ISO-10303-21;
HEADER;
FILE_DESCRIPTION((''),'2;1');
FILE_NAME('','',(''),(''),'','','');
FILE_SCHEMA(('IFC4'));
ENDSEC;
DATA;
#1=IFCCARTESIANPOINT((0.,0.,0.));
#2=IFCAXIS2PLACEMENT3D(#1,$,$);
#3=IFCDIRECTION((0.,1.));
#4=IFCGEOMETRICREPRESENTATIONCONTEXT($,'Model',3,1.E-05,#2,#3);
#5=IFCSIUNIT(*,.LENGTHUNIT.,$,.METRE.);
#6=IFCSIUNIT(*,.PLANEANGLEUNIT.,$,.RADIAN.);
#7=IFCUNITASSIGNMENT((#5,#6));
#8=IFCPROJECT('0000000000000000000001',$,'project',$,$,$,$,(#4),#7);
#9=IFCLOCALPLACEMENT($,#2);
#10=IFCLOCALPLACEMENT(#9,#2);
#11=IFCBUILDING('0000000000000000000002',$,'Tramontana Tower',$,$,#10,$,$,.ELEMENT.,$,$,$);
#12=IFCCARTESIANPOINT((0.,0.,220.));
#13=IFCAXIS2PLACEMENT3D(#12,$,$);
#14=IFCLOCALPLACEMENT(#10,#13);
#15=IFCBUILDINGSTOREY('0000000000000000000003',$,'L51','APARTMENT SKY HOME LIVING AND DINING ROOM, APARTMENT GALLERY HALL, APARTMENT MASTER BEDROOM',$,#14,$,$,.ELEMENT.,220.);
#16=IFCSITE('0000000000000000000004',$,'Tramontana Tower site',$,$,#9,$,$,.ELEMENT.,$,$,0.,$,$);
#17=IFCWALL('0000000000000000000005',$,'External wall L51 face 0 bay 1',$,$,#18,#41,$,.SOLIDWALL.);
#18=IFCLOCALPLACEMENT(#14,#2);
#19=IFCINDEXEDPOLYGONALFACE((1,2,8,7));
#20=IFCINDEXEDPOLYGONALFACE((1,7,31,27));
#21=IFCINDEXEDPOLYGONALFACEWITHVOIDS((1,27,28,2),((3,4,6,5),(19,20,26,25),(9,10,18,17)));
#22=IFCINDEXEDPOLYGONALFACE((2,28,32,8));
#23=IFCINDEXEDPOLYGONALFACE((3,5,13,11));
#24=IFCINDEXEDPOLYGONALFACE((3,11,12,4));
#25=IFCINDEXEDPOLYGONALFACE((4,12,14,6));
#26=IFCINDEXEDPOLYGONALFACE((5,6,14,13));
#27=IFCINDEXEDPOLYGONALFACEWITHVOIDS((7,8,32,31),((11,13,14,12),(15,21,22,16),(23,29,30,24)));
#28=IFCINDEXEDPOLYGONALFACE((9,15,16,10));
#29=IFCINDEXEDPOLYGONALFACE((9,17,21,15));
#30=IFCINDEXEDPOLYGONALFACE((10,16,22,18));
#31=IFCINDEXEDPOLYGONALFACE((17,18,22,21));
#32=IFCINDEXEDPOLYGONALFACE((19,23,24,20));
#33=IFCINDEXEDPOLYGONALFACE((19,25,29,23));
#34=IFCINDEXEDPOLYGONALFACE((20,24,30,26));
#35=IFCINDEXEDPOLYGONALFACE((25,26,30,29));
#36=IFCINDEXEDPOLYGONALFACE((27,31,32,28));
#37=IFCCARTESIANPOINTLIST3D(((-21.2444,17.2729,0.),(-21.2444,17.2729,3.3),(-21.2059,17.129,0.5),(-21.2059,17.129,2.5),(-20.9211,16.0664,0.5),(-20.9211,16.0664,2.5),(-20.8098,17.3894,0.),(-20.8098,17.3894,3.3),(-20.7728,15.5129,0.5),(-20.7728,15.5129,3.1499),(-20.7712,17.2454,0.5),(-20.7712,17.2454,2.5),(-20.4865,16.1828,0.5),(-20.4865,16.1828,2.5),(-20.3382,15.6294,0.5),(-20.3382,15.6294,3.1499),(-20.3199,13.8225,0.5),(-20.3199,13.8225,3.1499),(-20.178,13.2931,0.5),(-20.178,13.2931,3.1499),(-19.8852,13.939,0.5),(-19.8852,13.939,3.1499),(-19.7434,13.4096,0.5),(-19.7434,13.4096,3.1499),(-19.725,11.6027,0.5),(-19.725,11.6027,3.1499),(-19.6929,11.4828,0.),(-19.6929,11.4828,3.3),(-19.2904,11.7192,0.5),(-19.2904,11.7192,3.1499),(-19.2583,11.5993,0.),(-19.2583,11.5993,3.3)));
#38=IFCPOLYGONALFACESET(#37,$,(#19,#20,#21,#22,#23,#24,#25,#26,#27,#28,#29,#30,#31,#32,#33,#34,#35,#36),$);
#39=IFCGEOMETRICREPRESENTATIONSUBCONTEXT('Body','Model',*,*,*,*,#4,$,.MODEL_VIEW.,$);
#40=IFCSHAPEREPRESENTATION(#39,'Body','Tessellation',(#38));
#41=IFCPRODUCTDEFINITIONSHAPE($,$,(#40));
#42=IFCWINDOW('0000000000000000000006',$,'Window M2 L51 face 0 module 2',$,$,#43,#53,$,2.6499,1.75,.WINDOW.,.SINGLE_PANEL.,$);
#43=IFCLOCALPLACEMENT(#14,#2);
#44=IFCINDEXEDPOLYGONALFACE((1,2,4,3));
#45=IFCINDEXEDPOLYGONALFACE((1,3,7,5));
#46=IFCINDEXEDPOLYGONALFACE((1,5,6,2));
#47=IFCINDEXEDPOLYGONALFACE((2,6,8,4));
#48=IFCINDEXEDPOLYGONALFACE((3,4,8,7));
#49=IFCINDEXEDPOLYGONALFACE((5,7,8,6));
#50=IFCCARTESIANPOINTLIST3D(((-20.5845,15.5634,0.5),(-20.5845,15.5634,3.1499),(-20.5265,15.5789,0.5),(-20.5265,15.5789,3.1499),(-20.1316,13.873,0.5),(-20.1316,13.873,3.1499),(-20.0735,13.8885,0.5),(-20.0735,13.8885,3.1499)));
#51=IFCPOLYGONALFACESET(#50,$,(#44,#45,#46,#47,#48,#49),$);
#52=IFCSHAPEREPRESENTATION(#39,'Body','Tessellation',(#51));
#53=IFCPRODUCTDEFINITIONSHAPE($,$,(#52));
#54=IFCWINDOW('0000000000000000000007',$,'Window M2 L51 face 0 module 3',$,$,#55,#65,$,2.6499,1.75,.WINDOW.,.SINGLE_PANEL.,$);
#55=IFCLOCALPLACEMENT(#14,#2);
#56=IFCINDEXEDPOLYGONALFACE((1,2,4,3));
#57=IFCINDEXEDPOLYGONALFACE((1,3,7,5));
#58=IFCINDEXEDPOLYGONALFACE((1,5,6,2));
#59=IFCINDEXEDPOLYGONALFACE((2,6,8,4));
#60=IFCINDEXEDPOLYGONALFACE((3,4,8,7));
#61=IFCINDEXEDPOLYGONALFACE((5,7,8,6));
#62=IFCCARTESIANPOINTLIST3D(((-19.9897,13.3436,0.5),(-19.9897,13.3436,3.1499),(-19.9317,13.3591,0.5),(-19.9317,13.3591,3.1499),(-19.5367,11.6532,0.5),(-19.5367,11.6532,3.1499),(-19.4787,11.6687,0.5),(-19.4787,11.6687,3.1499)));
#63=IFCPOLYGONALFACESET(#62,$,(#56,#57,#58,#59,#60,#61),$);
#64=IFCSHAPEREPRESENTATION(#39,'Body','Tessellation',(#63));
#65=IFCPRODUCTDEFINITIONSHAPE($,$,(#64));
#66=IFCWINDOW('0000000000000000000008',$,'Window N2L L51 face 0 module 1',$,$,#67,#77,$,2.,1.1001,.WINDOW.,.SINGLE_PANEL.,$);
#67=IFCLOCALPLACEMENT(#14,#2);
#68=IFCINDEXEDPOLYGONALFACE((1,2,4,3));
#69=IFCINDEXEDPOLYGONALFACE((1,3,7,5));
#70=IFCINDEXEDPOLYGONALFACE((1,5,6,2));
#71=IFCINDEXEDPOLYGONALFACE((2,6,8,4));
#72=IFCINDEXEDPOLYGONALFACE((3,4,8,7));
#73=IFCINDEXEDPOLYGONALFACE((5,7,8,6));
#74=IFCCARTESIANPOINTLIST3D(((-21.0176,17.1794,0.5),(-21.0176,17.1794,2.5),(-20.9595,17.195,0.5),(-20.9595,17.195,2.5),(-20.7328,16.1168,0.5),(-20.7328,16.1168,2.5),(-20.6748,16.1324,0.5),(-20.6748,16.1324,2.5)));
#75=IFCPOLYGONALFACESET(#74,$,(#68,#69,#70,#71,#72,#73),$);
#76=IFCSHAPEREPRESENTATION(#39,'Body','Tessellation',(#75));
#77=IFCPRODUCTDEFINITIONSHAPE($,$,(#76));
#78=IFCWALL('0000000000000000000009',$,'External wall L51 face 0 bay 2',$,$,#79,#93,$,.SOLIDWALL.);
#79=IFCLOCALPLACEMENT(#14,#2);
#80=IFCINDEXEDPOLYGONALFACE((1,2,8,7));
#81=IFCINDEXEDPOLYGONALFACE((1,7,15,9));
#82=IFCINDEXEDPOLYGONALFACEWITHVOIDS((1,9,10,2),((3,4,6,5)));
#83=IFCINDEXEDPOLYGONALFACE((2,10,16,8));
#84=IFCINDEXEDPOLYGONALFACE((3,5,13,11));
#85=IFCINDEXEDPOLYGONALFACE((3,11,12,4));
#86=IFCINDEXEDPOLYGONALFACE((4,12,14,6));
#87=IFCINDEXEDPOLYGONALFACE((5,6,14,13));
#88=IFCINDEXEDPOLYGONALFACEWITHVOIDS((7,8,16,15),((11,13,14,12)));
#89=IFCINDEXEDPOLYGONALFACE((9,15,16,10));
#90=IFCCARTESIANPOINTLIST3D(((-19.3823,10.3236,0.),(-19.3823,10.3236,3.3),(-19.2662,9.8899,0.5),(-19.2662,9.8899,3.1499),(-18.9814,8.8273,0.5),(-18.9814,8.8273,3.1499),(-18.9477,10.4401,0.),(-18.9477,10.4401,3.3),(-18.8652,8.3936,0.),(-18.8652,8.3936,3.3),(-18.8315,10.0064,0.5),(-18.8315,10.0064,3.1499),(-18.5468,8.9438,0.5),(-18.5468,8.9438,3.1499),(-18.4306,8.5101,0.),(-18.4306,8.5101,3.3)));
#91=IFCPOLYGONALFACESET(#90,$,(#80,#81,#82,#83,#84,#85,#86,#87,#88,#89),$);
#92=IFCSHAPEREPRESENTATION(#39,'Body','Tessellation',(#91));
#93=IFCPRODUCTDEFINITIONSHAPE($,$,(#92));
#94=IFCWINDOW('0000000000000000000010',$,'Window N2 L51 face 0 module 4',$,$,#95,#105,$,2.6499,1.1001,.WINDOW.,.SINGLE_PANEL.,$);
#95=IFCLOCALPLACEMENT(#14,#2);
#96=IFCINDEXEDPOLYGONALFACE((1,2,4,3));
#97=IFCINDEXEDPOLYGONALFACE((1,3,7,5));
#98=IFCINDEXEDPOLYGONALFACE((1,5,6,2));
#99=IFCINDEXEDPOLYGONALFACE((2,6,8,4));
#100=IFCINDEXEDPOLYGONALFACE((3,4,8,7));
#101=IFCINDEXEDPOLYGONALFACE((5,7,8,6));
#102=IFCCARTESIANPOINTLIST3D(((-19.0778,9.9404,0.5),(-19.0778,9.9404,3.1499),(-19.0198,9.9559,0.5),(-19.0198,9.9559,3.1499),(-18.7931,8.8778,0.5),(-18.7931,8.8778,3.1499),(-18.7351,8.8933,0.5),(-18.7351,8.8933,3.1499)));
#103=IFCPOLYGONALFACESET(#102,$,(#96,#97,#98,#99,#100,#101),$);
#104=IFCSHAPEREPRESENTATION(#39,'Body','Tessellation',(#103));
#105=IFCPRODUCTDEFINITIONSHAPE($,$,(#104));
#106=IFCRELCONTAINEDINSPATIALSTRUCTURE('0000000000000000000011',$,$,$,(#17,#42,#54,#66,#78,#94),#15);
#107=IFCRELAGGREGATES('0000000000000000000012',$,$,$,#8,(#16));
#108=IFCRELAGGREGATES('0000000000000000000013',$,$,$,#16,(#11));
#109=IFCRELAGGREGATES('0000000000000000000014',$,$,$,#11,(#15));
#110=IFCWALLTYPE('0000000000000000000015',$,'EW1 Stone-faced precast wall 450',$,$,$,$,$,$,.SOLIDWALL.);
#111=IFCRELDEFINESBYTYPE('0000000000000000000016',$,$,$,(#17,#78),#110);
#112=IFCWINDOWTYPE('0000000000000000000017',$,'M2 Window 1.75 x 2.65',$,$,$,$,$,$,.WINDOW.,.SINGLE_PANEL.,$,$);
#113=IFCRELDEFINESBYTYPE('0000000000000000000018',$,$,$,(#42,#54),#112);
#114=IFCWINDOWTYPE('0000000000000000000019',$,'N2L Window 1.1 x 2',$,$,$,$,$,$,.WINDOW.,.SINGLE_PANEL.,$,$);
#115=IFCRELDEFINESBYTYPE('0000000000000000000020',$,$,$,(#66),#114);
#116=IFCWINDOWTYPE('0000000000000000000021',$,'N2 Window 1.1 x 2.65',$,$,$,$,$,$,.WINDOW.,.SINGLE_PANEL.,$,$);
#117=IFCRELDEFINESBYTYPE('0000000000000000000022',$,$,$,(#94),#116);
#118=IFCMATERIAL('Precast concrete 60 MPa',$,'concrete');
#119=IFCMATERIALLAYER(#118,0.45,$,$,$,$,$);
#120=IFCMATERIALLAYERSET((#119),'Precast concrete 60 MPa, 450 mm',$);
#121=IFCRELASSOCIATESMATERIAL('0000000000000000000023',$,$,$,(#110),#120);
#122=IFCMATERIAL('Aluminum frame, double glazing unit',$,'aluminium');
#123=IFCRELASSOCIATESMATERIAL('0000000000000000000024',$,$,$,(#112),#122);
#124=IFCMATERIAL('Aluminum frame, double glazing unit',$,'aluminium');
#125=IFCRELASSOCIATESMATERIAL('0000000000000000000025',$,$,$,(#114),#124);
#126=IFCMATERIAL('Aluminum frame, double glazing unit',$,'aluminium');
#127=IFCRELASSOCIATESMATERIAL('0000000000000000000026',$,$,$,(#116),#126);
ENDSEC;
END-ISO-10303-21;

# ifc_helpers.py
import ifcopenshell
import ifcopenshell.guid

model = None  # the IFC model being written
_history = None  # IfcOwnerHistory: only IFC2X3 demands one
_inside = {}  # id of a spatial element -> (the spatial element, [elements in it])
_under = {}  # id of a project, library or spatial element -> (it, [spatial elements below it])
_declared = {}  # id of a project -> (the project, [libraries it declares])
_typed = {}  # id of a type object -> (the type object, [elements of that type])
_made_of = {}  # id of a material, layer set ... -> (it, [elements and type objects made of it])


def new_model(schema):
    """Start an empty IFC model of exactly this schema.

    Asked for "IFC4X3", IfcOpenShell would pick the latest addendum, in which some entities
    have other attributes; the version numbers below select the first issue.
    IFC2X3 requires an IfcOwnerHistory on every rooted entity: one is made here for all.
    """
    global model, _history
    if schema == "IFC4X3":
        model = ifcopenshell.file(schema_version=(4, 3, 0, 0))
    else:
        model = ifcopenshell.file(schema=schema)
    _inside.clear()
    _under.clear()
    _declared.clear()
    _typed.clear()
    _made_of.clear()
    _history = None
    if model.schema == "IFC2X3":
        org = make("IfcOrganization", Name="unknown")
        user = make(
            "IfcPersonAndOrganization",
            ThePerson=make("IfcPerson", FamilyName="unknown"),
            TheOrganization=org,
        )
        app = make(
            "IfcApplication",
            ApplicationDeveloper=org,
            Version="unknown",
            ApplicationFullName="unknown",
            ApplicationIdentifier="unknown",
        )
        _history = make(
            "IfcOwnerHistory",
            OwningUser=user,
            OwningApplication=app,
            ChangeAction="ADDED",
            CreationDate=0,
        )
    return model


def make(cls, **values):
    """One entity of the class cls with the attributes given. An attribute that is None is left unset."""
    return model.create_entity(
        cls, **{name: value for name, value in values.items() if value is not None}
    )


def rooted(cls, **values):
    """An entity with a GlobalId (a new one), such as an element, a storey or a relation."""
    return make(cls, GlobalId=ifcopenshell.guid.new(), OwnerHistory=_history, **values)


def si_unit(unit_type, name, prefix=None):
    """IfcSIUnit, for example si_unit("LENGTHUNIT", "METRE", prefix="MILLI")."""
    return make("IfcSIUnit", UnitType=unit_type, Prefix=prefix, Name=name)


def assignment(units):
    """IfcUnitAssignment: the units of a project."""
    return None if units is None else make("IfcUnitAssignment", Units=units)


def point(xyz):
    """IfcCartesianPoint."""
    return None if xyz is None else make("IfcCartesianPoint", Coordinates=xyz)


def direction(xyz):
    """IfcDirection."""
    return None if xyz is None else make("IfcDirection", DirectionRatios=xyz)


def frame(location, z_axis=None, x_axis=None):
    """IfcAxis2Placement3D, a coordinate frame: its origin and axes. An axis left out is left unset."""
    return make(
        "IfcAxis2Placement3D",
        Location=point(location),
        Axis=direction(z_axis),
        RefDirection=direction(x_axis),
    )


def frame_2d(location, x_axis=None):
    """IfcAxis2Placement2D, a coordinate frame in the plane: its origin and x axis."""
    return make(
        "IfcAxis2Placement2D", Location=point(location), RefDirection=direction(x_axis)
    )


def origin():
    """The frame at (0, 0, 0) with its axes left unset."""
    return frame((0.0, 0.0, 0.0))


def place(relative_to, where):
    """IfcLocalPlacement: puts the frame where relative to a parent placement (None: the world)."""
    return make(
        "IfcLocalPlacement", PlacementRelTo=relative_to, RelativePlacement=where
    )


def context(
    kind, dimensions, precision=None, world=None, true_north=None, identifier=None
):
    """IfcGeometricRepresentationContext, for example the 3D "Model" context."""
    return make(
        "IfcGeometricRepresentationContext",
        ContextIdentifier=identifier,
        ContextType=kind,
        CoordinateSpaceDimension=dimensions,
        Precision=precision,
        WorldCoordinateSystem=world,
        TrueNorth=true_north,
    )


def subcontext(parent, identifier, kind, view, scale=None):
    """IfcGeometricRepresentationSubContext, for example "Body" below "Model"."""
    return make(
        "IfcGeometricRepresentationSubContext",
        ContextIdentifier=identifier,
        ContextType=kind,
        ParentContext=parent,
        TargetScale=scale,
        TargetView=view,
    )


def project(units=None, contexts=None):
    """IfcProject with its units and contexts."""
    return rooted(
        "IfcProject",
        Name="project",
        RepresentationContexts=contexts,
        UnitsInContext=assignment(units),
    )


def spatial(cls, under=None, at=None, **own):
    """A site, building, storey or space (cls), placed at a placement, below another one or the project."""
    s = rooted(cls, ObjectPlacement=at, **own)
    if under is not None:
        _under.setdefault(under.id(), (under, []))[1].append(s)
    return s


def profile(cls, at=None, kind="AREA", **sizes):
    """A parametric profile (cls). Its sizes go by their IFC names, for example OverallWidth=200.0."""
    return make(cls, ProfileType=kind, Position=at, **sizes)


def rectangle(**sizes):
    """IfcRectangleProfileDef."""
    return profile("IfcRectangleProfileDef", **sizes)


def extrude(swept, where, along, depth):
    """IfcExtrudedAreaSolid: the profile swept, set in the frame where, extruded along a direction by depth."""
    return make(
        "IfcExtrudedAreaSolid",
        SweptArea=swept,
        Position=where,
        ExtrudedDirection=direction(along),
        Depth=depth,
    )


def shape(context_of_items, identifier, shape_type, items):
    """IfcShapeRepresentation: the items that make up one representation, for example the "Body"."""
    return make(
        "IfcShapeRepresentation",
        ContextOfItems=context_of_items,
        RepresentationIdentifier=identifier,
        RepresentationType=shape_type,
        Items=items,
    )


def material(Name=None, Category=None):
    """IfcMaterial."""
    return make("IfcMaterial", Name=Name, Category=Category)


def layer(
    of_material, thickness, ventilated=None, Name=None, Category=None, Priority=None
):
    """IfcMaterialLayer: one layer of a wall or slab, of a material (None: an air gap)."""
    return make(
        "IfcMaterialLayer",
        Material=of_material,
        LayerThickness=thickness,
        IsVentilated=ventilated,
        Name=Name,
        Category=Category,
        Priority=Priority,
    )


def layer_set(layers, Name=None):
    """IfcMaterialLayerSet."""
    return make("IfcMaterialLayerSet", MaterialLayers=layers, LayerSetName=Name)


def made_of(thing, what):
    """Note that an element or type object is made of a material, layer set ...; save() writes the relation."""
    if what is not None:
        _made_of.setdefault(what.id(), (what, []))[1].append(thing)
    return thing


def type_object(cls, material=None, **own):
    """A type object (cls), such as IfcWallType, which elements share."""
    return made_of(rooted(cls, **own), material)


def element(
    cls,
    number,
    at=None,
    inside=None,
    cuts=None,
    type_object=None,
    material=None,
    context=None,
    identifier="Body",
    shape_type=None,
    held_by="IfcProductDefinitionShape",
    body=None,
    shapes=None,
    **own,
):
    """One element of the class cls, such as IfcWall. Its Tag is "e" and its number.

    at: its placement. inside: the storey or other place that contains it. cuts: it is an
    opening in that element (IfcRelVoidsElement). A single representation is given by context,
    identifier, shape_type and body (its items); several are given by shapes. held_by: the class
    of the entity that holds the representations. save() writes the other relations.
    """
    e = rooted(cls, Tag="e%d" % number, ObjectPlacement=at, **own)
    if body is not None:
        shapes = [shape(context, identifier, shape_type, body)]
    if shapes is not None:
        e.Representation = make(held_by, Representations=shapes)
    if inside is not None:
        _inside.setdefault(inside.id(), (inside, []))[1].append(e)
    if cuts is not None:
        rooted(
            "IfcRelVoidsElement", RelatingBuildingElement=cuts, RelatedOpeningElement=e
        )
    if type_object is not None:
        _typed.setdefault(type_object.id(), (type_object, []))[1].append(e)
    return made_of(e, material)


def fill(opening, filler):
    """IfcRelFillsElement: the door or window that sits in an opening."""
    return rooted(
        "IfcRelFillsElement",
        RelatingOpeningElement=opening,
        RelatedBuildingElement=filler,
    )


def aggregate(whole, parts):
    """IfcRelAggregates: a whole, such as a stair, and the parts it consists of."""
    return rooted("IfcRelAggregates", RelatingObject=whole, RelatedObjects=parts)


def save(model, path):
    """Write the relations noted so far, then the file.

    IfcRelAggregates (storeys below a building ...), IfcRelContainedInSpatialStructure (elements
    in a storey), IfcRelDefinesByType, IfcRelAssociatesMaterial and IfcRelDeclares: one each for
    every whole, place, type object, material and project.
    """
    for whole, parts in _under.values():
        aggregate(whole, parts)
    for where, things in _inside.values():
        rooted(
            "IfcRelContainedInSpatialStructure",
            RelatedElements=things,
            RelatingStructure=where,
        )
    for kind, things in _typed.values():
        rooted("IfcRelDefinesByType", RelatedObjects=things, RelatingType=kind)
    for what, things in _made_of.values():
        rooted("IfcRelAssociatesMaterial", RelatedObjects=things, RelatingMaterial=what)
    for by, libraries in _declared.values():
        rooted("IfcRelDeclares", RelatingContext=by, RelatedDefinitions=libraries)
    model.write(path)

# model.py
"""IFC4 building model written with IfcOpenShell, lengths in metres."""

from ifc_helpers import new_model, si_unit, direction, frame, frame_2d, origin, place, context, subcontext, project, spatial, rectangle, extrude, material, layer, layer_set, type_object, element, fill, save


model = new_model("IFC4")

# Units and contexts
model_context = context("Model", 3, precision=1e-05, world=origin(), true_north=direction((0.0, 1.0)))
body_context = subcontext(model_context, "Body", "Model", "MODEL_VIEW")
ifc_project = project(units=[si_unit("LENGTHUNIT", "METRE"), si_unit("PLANEANGLEUNIT", "RADIAN")], contexts=[model_context])

# Site, building, storey
site_placement = place(None, origin())
site = spatial("IfcSite", under=ifc_project, at=site_placement, Name="Tramontana Tower site", CompositionType="ELEMENT", RefElevation=0.0)
building_placement = place(site_placement, origin())
building = spatial("IfcBuilding", under=site, at=building_placement, Name="Tramontana Tower", CompositionType="ELEMENT")
storey_placement = place(building_placement, frame((0.0, 0.0, 220.0)))
storey = spatial("IfcBuildingStorey", under=building, at=storey_placement, Name="L51", Description="APARTMENT SKY HOME LIVING AND DINING ROOM, APARTMENT GALLERY HALL, APARTMENT MASTER BEDROOM", CompositionType="ELEMENT", Elevation=220.0)

# Wall, openings, windows
ifc_material_1 = material(Name="Precast concrete 60 MPa", Category="concrete")
ifc_layer_1 = layer(ifc_material_1, 0.45)
ifc_layer_set_1 = layer_set([ifc_layer_1], Name="Precast concrete 60 MPa, 450 mm")
wall_type_1 = type_object("IfcWallType", Name="EW1 Stone-faced precast wall 450", PredefinedType="SOLIDWALL", material=ifc_layer_set_1)
wall_1_placement = place(storey_placement, frame((-21.0271, 17.3311, 0.0), z_axis=(0.0, 0.0, 1.0), x_axis=(0.258831, -0.965923, 0.0)))
wall_1 = element("IfcWall", 1, at=wall_1_placement, inside=storey, type_object=wall_type_1, Name="External wall L51 face 0 bay 1", PredefinedType="SOLIDWALL", context=body_context, shape_type="SweptSolid", body=[
    extrude(rectangle(XDim=5.9944, YDim=0.45, at=frame_2d((2.9971, 0.0))), origin(), (0.0, 0.0, 1.0), 3.3),
])
opening_1_placement = place(wall_1_placement, frame((0.1489, 0.0, 0.5)))
opening_1 = element("IfcOpeningElement", 2, at=opening_1_placement, cuts=wall_1, PredefinedType="OPENING", context=body_context, shape_type="SweptSolid", body=[
    extrude(rectangle(XDim=1.1001, YDim=2.0, at=frame_2d((0.55, 1.0))), frame((0.0, 0.2349, 0.0), z_axis=(0.0, -1.0, 0.0), x_axis=(1.0, 0.0, 0.0)), (0.0, 0.0, 1.0), 0.47),
])
opening_2_placement = place(wall_1_placement, frame((1.822, 0.0, 0.5)))
opening_2 = element("IfcOpeningElement", 3, at=opening_2_placement, cuts=wall_1, PredefinedType="OPENING", context=body_context, shape_type="SweptSolid", body=[
    extrude(rectangle(XDim=1.75, YDim=2.6499, at=frame_2d((0.875, 1.325))), frame((0.0, 0.2349, 0.0), z_axis=(0.0, -1.0, 0.0), x_axis=(1.0, 0.0, 0.0)), (0.0, 0.0, 1.0), 0.47),
])
opening_3_placement = place(wall_1_placement, frame((4.1201, 0.0, 0.5)))
opening_3 = element("IfcOpeningElement", 4, at=opening_3_placement, cuts=wall_1, PredefinedType="OPENING", context=body_context, shape_type="SweptSolid", body=[
    extrude(rectangle(XDim=1.75, YDim=2.6499, at=frame_2d((0.875, 1.325))), frame((0.0, 0.2349, 0.0), z_axis=(0.0, -1.0, 0.0), x_axis=(1.0, 0.0, 0.0)), (0.0, 0.0, 1.0), 0.47),
])
ifc_material_2 = material(Name="Aluminum frame, double glazing unit", Category="aluminium")
window_type_1 = type_object("IfcWindowType", Name="M2 Window 1.75 x 2.65", PartitioningType="SINGLE_PANEL", PredefinedType="WINDOW", material=ifc_material_2)
window_1_placement = place(opening_2_placement, origin())
window_1 = element("IfcWindow", 5, at=window_1_placement, inside=storey, type_object=window_type_1, Name="Window M2 L51 face 0 module 2", OverallHeight=2.6499, OverallWidth=1.75, PartitioningType="SINGLE_PANEL", PredefinedType="WINDOW", context=body_context, shape_type="SweptSolid", body=[
    extrude(rectangle(XDim=1.75, YDim=2.6499, at=frame_2d((0.875, 1.325))), frame((0.0, 0.03, 0.0), z_axis=(0.0, -1.0, 0.0), x_axis=(1.0, 0.0, 0.0)), (0.0, 0.0, 1.0), 0.0601),
])
fill(opening_2, window_1)
window_2_placement = place(opening_3_placement, origin())
window_2 = element("IfcWindow", 6, at=window_2_placement, inside=storey, type_object=window_type_1, Name="Window M2 L51 face 0 module 3", OverallHeight=2.6499, OverallWidth=1.75, PartitioningType="SINGLE_PANEL", PredefinedType="WINDOW", context=body_context, shape_type="SweptSolid", body=[
    extrude(rectangle(XDim=1.75, YDim=2.6499, at=frame_2d((0.875, 1.325))), frame((0.0, 0.03, 0.0), z_axis=(0.0, -1.0, 0.0), x_axis=(1.0, 0.0, 0.0)), (0.0, 0.0, 1.0), 0.0601),
])
fill(opening_3, window_2)
ifc_material_3 = material(Name="Aluminum frame, double glazing unit", Category="aluminium")
window_type_2 = type_object("IfcWindowType", Name="N2L Window 1.1 x 2", PartitioningType="SINGLE_PANEL", PredefinedType="WINDOW", material=ifc_material_3)
window_3_placement = place(opening_1_placement, origin())
window_3 = element("IfcWindow", 7, at=window_3_placement, inside=storey, type_object=window_type_2, Name="Window N2L L51 face 0 module 1", OverallHeight=2.0, OverallWidth=1.1001, PartitioningType="SINGLE_PANEL", PredefinedType="WINDOW", context=body_context, shape_type="SweptSolid", body=[
    extrude(rectangle(XDim=1.1001, YDim=2.0, at=frame_2d((0.55, 1.0))), frame((0.0, 0.03, 0.0), z_axis=(0.0, -1.0, 0.0), x_axis=(1.0, 0.0, 0.0)), (0.0, 0.0, 1.0), 0.0601),
])
fill(opening_1, window_3)

# Wall, opening, window
wall_2_placement = place(storey_placement, frame((-19.165, 10.3818, 0.0), z_axis=(0.0, 0.0, 1.0), x_axis=(0.258803, -0.96593, 0.0)))
wall_2 = element("IfcWall", 8, at=wall_2_placement, inside=storey, type_object=wall_type_1, Name="External wall L51 face 0 bay 2", PredefinedType="SOLIDWALL", context=body_context, shape_type="SweptSolid", body=[
    extrude(rectangle(XDim=1.998, YDim=0.45, at=frame_2d((0.999, 0.0))), origin(), (0.0, 0.0, 1.0), 3.3),
])
opening_4_placement = place(wall_2_placement, frame((0.449, 0.0, 0.5)))
opening_4 = element("IfcOpeningElement", 9, at=opening_4_placement, cuts=wall_2, PredefinedType="OPENING", context=body_context, shape_type="SweptSolid", body=[
    extrude(rectangle(XDim=1.1001, YDim=2.6499, at=frame_2d((0.55, 1.325))), frame((0.0, 0.2349, 0.0), z_axis=(0.0, -1.0, 0.0), x_axis=(1.0, 0.0, 0.0)), (0.0, 0.0, 1.0), 0.47),
])
ifc_material_4 = material(Name="Aluminum frame, double glazing unit", Category="aluminium")
window_type_3 = type_object("IfcWindowType", Name="N2 Window 1.1 x 2.65", PartitioningType="SINGLE_PANEL", PredefinedType="WINDOW", material=ifc_material_4)
window_4_placement = place(opening_4_placement, origin())
window_4 = element("IfcWindow", 10, at=window_4_placement, inside=storey, type_object=window_type_3, Name="Window N2 L51 face 0 module 4", OverallHeight=2.6499, OverallWidth=1.1001, PartitioningType="SINGLE_PANEL", PredefinedType="WINDOW", context=body_context, shape_type="SweptSolid", body=[
    extrude(rectangle(XDim=1.1001, YDim=2.6499, at=frame_2d((0.55, 1.325))), frame((0.0, 0.03, 0.0), z_axis=(0.0, -1.0, 0.0), x_axis=(1.0, 0.0, 0.0)), (0.0, 0.0, 1.0), 0.0601),
])
fill(opening_4, window_4)

save(model, "model.ifc")
